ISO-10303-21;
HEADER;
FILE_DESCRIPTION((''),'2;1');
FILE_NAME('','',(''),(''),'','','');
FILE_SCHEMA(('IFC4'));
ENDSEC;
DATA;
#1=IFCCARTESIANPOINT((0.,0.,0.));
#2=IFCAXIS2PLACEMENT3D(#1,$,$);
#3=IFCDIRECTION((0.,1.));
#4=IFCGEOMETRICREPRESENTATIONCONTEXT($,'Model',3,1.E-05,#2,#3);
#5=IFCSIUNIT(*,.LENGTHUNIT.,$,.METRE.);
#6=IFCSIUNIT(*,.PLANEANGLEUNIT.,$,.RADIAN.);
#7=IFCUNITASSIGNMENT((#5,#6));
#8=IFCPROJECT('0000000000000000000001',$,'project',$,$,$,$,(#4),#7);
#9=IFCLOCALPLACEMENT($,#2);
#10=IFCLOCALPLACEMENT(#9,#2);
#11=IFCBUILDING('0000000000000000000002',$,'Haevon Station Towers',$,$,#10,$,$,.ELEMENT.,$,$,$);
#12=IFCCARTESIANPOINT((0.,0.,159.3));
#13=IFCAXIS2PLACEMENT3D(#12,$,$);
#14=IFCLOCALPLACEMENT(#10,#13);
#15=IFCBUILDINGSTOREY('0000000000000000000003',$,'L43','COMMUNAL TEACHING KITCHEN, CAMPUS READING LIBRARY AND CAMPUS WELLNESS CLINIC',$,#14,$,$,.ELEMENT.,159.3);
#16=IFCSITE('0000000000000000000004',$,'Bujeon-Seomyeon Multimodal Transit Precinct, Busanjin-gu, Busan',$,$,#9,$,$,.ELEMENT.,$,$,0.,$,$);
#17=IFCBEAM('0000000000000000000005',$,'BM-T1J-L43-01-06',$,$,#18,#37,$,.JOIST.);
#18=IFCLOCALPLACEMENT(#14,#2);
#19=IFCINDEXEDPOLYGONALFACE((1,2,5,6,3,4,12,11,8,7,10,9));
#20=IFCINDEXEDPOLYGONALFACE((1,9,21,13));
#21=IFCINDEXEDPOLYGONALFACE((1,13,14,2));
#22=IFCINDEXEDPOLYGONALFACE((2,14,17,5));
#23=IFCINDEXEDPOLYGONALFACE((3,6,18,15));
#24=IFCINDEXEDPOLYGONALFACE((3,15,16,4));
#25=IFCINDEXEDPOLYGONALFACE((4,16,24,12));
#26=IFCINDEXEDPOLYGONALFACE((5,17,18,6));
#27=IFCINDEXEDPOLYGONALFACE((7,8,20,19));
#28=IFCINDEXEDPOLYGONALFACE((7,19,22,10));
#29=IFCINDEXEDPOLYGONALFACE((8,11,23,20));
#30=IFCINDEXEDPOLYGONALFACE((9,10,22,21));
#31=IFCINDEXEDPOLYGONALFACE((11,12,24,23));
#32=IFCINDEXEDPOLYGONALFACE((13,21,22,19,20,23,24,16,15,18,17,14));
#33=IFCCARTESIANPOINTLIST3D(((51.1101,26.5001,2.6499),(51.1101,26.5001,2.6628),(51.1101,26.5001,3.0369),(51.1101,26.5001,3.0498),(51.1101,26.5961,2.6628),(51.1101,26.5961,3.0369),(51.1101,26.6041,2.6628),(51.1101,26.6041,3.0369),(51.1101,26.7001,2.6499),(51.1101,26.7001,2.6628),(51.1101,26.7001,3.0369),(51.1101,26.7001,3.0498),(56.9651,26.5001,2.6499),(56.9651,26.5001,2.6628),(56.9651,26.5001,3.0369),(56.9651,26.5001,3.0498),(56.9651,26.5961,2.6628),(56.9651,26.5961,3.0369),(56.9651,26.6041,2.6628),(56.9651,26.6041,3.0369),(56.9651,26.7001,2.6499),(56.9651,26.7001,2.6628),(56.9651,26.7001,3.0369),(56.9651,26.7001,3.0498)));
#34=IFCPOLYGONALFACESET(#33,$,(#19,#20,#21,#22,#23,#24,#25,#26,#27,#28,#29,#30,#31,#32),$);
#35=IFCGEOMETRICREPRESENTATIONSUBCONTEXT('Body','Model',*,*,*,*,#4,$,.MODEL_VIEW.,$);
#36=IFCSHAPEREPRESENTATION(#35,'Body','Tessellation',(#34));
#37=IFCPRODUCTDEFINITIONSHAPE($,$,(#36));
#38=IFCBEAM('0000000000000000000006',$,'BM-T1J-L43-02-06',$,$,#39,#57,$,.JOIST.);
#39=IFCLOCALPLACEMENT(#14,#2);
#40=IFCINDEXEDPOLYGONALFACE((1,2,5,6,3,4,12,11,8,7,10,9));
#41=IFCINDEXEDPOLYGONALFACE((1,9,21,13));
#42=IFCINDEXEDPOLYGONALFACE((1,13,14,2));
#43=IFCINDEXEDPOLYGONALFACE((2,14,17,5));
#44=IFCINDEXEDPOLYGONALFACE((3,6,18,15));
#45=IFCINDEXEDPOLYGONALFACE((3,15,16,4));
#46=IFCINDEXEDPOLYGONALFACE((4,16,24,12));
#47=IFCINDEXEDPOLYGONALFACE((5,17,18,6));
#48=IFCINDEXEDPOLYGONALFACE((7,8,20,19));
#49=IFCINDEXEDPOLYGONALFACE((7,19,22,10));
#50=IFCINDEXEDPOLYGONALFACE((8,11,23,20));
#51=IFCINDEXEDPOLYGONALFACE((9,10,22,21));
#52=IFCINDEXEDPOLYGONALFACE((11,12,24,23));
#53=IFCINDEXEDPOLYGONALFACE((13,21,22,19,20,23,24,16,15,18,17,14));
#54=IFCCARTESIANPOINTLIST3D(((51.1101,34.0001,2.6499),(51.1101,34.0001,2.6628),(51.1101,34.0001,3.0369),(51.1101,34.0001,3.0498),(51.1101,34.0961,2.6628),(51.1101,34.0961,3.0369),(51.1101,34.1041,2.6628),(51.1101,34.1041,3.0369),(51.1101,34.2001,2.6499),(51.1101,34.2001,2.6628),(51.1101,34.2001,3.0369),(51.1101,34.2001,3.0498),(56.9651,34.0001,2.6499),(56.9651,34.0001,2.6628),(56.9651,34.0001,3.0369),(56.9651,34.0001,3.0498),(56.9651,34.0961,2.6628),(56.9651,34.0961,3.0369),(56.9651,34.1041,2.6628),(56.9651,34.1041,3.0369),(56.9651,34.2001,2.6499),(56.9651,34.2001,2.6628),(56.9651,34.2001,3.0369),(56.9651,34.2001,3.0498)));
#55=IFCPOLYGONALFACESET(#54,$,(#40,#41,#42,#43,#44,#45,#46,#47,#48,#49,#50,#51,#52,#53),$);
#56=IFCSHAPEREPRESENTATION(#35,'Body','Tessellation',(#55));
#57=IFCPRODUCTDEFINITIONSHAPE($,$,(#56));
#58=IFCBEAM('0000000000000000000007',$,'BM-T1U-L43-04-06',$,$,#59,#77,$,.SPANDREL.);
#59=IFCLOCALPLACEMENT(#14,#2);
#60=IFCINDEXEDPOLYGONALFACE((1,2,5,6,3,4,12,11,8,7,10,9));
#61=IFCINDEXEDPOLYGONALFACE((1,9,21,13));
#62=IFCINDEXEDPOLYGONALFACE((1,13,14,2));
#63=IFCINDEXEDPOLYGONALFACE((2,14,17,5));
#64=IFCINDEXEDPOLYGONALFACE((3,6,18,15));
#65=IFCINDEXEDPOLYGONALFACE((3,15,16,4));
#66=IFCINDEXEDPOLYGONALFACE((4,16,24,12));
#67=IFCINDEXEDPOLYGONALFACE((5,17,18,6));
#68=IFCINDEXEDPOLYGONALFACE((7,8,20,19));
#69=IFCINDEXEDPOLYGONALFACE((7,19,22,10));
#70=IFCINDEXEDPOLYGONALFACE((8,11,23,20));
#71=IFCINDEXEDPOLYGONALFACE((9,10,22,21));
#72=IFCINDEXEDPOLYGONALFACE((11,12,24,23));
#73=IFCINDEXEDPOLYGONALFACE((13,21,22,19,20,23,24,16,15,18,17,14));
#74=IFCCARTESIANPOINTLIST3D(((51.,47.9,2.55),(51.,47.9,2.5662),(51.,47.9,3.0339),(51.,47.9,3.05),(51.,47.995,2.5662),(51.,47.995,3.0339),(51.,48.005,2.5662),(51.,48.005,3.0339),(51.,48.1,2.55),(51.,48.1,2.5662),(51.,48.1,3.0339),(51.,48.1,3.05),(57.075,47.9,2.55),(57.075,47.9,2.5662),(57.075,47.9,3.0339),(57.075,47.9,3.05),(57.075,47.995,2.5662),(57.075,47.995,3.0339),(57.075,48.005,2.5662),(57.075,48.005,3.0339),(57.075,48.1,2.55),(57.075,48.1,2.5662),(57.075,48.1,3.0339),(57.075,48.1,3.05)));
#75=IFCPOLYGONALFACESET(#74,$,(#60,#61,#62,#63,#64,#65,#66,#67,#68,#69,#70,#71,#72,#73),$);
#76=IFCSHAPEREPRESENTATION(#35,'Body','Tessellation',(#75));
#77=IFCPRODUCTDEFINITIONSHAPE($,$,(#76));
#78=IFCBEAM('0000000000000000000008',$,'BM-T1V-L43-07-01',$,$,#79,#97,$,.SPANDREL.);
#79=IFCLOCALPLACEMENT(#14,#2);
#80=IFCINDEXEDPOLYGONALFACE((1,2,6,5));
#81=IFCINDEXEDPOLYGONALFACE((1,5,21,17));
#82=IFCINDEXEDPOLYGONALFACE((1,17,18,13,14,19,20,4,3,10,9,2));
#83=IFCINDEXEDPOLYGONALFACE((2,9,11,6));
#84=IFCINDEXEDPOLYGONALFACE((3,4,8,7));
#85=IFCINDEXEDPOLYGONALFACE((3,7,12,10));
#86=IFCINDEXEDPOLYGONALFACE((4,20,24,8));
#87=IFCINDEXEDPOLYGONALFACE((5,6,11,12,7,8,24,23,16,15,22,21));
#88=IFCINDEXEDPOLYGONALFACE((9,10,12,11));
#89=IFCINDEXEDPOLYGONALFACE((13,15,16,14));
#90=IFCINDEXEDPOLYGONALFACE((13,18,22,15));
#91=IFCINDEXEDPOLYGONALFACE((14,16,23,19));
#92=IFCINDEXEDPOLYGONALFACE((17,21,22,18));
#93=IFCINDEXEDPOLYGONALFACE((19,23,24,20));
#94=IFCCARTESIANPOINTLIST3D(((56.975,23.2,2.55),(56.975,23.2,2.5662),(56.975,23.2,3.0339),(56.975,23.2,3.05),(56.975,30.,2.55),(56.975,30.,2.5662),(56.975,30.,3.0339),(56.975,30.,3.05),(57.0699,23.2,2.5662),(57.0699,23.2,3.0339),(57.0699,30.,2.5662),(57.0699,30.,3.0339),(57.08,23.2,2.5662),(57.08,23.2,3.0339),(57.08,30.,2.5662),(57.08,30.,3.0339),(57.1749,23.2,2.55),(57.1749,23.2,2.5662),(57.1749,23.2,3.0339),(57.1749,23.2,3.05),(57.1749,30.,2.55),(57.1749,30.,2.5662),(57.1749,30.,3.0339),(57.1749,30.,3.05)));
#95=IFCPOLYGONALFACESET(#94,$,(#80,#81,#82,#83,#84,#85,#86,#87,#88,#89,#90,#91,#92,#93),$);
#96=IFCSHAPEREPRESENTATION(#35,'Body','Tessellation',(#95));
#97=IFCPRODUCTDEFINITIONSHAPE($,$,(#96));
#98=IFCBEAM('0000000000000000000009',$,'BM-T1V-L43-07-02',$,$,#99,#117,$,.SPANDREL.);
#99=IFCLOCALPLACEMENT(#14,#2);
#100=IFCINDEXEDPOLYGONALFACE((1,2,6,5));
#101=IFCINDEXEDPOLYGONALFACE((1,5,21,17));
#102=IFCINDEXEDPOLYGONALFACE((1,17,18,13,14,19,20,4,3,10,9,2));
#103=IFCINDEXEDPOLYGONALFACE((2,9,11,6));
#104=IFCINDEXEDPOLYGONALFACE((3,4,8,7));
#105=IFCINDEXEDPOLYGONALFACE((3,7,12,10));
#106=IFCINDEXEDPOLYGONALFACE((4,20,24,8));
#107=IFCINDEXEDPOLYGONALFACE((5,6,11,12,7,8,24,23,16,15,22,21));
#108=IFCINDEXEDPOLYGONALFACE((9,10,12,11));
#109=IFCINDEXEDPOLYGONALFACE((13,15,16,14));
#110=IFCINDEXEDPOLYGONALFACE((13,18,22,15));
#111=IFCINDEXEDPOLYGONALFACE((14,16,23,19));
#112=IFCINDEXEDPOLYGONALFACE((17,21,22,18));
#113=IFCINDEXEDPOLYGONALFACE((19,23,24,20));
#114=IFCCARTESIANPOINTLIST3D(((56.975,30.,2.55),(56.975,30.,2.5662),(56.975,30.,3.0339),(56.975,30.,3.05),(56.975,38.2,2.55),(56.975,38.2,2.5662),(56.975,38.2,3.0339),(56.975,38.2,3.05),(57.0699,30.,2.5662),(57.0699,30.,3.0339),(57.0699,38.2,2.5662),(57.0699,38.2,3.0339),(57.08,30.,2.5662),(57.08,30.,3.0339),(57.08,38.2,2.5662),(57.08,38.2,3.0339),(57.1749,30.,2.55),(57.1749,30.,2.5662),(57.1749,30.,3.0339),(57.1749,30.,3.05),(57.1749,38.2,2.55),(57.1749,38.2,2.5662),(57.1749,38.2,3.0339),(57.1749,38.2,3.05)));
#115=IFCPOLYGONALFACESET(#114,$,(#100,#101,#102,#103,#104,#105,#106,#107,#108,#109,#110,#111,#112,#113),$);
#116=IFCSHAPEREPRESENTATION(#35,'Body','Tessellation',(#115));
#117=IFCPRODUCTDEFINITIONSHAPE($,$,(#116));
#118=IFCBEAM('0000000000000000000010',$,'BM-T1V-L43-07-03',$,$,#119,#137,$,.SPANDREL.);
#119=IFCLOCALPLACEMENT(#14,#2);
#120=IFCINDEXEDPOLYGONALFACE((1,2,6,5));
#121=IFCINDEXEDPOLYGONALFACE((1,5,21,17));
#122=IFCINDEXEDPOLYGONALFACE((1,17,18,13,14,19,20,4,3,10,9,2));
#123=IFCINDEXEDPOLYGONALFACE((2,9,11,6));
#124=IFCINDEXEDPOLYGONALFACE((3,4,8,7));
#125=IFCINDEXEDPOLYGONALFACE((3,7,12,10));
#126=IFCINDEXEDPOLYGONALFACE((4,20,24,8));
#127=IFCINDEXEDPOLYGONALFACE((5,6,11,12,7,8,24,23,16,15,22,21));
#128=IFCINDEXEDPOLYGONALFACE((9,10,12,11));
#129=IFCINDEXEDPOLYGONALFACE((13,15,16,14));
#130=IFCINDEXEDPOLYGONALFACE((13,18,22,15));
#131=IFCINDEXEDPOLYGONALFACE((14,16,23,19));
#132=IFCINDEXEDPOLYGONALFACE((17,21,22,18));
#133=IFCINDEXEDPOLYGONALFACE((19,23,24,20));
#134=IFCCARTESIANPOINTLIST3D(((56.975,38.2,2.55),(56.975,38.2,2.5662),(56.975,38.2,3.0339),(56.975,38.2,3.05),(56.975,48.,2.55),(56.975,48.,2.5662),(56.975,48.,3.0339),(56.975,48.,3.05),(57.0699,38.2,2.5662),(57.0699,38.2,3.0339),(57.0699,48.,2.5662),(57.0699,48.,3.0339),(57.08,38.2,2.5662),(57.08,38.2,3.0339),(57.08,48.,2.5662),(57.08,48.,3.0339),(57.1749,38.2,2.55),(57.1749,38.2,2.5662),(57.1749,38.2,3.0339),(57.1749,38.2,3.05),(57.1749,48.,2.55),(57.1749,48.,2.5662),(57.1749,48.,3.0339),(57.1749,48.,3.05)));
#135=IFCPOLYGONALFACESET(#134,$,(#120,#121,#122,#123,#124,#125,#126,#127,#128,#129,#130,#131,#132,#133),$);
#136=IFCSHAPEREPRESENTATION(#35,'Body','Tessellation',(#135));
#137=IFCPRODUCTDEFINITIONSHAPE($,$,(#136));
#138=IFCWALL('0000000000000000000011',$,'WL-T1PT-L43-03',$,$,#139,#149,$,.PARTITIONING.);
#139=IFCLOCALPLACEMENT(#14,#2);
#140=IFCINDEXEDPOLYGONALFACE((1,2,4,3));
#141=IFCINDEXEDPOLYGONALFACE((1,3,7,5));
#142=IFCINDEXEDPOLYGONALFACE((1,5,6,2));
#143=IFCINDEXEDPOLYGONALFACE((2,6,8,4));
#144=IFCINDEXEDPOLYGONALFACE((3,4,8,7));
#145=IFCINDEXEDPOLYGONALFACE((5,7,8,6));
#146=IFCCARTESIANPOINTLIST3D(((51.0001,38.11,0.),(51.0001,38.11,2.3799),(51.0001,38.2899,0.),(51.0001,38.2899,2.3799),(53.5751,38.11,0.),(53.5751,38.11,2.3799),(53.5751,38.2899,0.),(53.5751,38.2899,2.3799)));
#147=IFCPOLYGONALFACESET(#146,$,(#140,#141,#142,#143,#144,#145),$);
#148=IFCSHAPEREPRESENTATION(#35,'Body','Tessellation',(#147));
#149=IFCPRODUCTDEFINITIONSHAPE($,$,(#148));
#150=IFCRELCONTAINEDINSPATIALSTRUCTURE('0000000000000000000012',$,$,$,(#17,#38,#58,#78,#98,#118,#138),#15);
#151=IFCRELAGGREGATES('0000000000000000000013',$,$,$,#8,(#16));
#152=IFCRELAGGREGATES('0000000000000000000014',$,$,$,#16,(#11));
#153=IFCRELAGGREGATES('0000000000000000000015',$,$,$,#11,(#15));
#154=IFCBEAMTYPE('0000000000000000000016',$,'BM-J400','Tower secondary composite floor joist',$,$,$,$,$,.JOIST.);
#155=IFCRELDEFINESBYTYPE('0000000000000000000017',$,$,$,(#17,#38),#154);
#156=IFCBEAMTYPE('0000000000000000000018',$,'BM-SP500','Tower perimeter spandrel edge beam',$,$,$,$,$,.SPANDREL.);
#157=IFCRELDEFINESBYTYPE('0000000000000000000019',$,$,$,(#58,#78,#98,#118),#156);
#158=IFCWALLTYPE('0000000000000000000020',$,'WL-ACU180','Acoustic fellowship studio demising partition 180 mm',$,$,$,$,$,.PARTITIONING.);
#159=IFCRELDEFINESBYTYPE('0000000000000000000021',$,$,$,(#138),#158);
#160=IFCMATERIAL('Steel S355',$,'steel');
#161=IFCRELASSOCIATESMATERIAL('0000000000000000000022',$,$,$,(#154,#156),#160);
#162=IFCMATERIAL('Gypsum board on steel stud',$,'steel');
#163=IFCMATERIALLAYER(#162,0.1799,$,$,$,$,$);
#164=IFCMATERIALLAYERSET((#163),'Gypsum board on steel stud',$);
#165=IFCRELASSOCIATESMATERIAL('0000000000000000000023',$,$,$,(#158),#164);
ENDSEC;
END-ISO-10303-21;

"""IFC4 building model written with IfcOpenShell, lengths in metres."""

from ifc_helpers import new_model, si_unit, direction, frame, frame_2d, origin, origin_2d, place, context, subcontext, project, spatial, rectangle, i_section, extrude, material, layer, layer_set, material_profile, profile_set, type_object, element, save


model = new_model("IFC4")

# Units and contexts
model_context = context("Model", 3, precision=1e-05, world=origin(), true_north=direction((0.0, 1.0)))
body_context = subcontext(model_context, "Body", "Model", "MODEL_VIEW")
ifc_project = project(units=[si_unit("LENGTHUNIT", "METRE"), si_unit("PLANEANGLEUNIT", "RADIAN")], contexts=[model_context])

# Site, building, storey
site_placement = place(None, origin())
site = spatial("IfcSite", under=ifc_project, at=site_placement, Name="Bujeon-Seomyeon Multimodal Transit Precinct, Busanjin-gu, Busan", CompositionType="ELEMENT", RefElevation=0.0)
building_placement = place(site_placement, origin())
building = spatial("IfcBuilding", under=site, at=building_placement, Name="Haevon Station Towers", CompositionType="ELEMENT")
storey_placement = place(building_placement, frame((0.0, 0.0, 159.3)))
storey = spatial("IfcBuildingStorey", under=building, at=storey_placement, Name="L43", Description="COMMUNAL TEACHING KITCHEN, CAMPUS READING LIBRARY AND CAMPUS WELLNESS CLINIC", CompositionType="ELEMENT", Elevation=159.3)

# Shared definitions
ifc_material_1 = material(Name="Steel S355", Category="steel")

# Beams
ifc_material_profile_1 = material_profile(ifc_material_1, i_section(OverallWidth=0.2, OverallDepth=0.3999, WebThickness=0.0081, FlangeThickness=0.0129, at=origin_2d()), Name="H-400x200x8x13")
ifc_profile_set_1 = profile_set([ifc_material_profile_1], Name="Steel S355")
beam_type_1 = type_object("IfcBeamType", Name="BM-J400", Description="Tower secondary composite floor joist", PredefinedType="JOIST", material=ifc_profile_set_1)
for number, where, z_axis, x_axis, name in (
    (1, (51.1101, 26.6001, 2.8499), (1.0, 0.0, 0.0), (0.0, 1.0, 0.0), "BM-T1J-L43-01-06"),
    (2, (51.1101, 34.1001, 2.8499), (1.0, 0.0, 0.0), (0.0, 1.0, 0.0), "BM-T1J-L43-02-06"),
):
    element("IfcBeam", number, at=place(storey_placement, frame(where, z_axis=z_axis, x_axis=x_axis)), inside=storey, type_object=beam_type_1, Name=name, PredefinedType="JOIST", context=body_context, shape_type="SweptSolid", body=[
        extrude(i_section(OverallWidth=0.2, OverallDepth=0.3999, WebThickness=0.0081, FlangeThickness=0.0129, at=origin_2d()), origin(), (0.0, 0.0, 1.0), 5.855),
    ])
ifc_material_profile_2 = material_profile(ifc_material_1, i_section(OverallWidth=0.2, OverallDepth=0.5, WebThickness=0.01, FlangeThickness=0.0161, at=origin_2d()), Name="H-500x200x10x16")
ifc_profile_set_2 = profile_set([ifc_material_profile_2], Name="Steel S355")
beam_type_2 = type_object("IfcBeamType", Name="BM-SP500", Description="Tower perimeter spandrel edge beam", PredefinedType="SPANDREL", material=ifc_profile_set_2)
beam_1_placement = place(storey_placement, frame((51.0, 48.0, 2.8), z_axis=(1.0, 0.0, 0.0), x_axis=(0.0, 1.0, 0.0)))
element("IfcBeam", 3, at=beam_1_placement, inside=storey, type_object=beam_type_2, Name="BM-T1U-L43-04-06", PredefinedType="SPANDREL", context=body_context, shape_type="SweptSolid", body=[
    extrude(i_section(OverallWidth=0.2, OverallDepth=0.5, WebThickness=0.01, FlangeThickness=0.0161, at=origin_2d()), origin(), (0.0, 0.0, 1.0), 6.075),
])
beam_2_placement = place(storey_placement, frame((57.075, 23.2, 2.8), z_axis=(0.0, 1.0, 0.0), x_axis=(-1.0, 0.0, 0.0)))
element("IfcBeam", 4, at=beam_2_placement, inside=storey, type_object=beam_type_2, Name="BM-T1V-L43-07-01", PredefinedType="SPANDREL", context=body_context, shape_type="SweptSolid", body=[
    extrude(i_section(OverallWidth=0.2, OverallDepth=0.5, WebThickness=0.01, FlangeThickness=0.0161, at=origin_2d()), origin(), (0.0, 0.0, 1.0), 6.8),
])
beam_3_placement = place(storey_placement, frame((57.075, 30.0, 2.8), z_axis=(0.0, 1.0, 0.0), x_axis=(-1.0, 0.0, 0.0)))
element("IfcBeam", 5, at=beam_3_placement, inside=storey, type_object=beam_type_2, Name="BM-T1V-L43-07-02", PredefinedType="SPANDREL", context=body_context, shape_type="SweptSolid", body=[
    extrude(i_section(OverallWidth=0.2, OverallDepth=0.5, WebThickness=0.01, FlangeThickness=0.0161, at=origin_2d()), origin(), (0.0, 0.0, 1.0), 8.2),
])
beam_4_placement = place(storey_placement, frame((57.075, 38.2, 2.8), z_axis=(0.0, 1.0, 0.0), x_axis=(-1.0, 0.0, 0.0)))
element("IfcBeam", 6, at=beam_4_placement, inside=storey, type_object=beam_type_2, Name="BM-T1V-L43-07-03", PredefinedType="SPANDREL", context=body_context, shape_type="SweptSolid", body=[
    extrude(i_section(OverallWidth=0.2, OverallDepth=0.5, WebThickness=0.01, FlangeThickness=0.0161, at=origin_2d()), origin(), (0.0, 0.0, 1.0), 9.8),
])

# Wall
ifc_material_2 = material(Name="Gypsum board on steel stud", Category="steel")
ifc_layer_1 = layer(ifc_material_2, 0.1799)
ifc_layer_set_1 = layer_set([ifc_layer_1], Name="Gypsum board on steel stud")
wall_type_1 = type_object("IfcWallType", Name="WL-ACU180", Description="Acoustic fellowship studio demising partition 180 mm", PredefinedType="PARTITIONING", material=ifc_layer_set_1)
wall_1_placement = place(storey_placement, frame((51.0, 38.2, 0.0), z_axis=(0.0, 0.0, 1.0), x_axis=(1.0, 0.0, 0.0)))
element("IfcWall", 7, at=wall_1_placement, inside=storey, type_object=wall_type_1, Name="WL-T1PT-L43-03", PredefinedType="PARTITIONING", context=body_context, shape_type="SweptSolid", body=[
    extrude(rectangle(XDim=2.575, YDim=0.1799, at=frame_2d((1.2876, 0.0))), origin(), (0.0, 0.0, 1.0), 2.3799),
])

save(model, "model.ifc")
